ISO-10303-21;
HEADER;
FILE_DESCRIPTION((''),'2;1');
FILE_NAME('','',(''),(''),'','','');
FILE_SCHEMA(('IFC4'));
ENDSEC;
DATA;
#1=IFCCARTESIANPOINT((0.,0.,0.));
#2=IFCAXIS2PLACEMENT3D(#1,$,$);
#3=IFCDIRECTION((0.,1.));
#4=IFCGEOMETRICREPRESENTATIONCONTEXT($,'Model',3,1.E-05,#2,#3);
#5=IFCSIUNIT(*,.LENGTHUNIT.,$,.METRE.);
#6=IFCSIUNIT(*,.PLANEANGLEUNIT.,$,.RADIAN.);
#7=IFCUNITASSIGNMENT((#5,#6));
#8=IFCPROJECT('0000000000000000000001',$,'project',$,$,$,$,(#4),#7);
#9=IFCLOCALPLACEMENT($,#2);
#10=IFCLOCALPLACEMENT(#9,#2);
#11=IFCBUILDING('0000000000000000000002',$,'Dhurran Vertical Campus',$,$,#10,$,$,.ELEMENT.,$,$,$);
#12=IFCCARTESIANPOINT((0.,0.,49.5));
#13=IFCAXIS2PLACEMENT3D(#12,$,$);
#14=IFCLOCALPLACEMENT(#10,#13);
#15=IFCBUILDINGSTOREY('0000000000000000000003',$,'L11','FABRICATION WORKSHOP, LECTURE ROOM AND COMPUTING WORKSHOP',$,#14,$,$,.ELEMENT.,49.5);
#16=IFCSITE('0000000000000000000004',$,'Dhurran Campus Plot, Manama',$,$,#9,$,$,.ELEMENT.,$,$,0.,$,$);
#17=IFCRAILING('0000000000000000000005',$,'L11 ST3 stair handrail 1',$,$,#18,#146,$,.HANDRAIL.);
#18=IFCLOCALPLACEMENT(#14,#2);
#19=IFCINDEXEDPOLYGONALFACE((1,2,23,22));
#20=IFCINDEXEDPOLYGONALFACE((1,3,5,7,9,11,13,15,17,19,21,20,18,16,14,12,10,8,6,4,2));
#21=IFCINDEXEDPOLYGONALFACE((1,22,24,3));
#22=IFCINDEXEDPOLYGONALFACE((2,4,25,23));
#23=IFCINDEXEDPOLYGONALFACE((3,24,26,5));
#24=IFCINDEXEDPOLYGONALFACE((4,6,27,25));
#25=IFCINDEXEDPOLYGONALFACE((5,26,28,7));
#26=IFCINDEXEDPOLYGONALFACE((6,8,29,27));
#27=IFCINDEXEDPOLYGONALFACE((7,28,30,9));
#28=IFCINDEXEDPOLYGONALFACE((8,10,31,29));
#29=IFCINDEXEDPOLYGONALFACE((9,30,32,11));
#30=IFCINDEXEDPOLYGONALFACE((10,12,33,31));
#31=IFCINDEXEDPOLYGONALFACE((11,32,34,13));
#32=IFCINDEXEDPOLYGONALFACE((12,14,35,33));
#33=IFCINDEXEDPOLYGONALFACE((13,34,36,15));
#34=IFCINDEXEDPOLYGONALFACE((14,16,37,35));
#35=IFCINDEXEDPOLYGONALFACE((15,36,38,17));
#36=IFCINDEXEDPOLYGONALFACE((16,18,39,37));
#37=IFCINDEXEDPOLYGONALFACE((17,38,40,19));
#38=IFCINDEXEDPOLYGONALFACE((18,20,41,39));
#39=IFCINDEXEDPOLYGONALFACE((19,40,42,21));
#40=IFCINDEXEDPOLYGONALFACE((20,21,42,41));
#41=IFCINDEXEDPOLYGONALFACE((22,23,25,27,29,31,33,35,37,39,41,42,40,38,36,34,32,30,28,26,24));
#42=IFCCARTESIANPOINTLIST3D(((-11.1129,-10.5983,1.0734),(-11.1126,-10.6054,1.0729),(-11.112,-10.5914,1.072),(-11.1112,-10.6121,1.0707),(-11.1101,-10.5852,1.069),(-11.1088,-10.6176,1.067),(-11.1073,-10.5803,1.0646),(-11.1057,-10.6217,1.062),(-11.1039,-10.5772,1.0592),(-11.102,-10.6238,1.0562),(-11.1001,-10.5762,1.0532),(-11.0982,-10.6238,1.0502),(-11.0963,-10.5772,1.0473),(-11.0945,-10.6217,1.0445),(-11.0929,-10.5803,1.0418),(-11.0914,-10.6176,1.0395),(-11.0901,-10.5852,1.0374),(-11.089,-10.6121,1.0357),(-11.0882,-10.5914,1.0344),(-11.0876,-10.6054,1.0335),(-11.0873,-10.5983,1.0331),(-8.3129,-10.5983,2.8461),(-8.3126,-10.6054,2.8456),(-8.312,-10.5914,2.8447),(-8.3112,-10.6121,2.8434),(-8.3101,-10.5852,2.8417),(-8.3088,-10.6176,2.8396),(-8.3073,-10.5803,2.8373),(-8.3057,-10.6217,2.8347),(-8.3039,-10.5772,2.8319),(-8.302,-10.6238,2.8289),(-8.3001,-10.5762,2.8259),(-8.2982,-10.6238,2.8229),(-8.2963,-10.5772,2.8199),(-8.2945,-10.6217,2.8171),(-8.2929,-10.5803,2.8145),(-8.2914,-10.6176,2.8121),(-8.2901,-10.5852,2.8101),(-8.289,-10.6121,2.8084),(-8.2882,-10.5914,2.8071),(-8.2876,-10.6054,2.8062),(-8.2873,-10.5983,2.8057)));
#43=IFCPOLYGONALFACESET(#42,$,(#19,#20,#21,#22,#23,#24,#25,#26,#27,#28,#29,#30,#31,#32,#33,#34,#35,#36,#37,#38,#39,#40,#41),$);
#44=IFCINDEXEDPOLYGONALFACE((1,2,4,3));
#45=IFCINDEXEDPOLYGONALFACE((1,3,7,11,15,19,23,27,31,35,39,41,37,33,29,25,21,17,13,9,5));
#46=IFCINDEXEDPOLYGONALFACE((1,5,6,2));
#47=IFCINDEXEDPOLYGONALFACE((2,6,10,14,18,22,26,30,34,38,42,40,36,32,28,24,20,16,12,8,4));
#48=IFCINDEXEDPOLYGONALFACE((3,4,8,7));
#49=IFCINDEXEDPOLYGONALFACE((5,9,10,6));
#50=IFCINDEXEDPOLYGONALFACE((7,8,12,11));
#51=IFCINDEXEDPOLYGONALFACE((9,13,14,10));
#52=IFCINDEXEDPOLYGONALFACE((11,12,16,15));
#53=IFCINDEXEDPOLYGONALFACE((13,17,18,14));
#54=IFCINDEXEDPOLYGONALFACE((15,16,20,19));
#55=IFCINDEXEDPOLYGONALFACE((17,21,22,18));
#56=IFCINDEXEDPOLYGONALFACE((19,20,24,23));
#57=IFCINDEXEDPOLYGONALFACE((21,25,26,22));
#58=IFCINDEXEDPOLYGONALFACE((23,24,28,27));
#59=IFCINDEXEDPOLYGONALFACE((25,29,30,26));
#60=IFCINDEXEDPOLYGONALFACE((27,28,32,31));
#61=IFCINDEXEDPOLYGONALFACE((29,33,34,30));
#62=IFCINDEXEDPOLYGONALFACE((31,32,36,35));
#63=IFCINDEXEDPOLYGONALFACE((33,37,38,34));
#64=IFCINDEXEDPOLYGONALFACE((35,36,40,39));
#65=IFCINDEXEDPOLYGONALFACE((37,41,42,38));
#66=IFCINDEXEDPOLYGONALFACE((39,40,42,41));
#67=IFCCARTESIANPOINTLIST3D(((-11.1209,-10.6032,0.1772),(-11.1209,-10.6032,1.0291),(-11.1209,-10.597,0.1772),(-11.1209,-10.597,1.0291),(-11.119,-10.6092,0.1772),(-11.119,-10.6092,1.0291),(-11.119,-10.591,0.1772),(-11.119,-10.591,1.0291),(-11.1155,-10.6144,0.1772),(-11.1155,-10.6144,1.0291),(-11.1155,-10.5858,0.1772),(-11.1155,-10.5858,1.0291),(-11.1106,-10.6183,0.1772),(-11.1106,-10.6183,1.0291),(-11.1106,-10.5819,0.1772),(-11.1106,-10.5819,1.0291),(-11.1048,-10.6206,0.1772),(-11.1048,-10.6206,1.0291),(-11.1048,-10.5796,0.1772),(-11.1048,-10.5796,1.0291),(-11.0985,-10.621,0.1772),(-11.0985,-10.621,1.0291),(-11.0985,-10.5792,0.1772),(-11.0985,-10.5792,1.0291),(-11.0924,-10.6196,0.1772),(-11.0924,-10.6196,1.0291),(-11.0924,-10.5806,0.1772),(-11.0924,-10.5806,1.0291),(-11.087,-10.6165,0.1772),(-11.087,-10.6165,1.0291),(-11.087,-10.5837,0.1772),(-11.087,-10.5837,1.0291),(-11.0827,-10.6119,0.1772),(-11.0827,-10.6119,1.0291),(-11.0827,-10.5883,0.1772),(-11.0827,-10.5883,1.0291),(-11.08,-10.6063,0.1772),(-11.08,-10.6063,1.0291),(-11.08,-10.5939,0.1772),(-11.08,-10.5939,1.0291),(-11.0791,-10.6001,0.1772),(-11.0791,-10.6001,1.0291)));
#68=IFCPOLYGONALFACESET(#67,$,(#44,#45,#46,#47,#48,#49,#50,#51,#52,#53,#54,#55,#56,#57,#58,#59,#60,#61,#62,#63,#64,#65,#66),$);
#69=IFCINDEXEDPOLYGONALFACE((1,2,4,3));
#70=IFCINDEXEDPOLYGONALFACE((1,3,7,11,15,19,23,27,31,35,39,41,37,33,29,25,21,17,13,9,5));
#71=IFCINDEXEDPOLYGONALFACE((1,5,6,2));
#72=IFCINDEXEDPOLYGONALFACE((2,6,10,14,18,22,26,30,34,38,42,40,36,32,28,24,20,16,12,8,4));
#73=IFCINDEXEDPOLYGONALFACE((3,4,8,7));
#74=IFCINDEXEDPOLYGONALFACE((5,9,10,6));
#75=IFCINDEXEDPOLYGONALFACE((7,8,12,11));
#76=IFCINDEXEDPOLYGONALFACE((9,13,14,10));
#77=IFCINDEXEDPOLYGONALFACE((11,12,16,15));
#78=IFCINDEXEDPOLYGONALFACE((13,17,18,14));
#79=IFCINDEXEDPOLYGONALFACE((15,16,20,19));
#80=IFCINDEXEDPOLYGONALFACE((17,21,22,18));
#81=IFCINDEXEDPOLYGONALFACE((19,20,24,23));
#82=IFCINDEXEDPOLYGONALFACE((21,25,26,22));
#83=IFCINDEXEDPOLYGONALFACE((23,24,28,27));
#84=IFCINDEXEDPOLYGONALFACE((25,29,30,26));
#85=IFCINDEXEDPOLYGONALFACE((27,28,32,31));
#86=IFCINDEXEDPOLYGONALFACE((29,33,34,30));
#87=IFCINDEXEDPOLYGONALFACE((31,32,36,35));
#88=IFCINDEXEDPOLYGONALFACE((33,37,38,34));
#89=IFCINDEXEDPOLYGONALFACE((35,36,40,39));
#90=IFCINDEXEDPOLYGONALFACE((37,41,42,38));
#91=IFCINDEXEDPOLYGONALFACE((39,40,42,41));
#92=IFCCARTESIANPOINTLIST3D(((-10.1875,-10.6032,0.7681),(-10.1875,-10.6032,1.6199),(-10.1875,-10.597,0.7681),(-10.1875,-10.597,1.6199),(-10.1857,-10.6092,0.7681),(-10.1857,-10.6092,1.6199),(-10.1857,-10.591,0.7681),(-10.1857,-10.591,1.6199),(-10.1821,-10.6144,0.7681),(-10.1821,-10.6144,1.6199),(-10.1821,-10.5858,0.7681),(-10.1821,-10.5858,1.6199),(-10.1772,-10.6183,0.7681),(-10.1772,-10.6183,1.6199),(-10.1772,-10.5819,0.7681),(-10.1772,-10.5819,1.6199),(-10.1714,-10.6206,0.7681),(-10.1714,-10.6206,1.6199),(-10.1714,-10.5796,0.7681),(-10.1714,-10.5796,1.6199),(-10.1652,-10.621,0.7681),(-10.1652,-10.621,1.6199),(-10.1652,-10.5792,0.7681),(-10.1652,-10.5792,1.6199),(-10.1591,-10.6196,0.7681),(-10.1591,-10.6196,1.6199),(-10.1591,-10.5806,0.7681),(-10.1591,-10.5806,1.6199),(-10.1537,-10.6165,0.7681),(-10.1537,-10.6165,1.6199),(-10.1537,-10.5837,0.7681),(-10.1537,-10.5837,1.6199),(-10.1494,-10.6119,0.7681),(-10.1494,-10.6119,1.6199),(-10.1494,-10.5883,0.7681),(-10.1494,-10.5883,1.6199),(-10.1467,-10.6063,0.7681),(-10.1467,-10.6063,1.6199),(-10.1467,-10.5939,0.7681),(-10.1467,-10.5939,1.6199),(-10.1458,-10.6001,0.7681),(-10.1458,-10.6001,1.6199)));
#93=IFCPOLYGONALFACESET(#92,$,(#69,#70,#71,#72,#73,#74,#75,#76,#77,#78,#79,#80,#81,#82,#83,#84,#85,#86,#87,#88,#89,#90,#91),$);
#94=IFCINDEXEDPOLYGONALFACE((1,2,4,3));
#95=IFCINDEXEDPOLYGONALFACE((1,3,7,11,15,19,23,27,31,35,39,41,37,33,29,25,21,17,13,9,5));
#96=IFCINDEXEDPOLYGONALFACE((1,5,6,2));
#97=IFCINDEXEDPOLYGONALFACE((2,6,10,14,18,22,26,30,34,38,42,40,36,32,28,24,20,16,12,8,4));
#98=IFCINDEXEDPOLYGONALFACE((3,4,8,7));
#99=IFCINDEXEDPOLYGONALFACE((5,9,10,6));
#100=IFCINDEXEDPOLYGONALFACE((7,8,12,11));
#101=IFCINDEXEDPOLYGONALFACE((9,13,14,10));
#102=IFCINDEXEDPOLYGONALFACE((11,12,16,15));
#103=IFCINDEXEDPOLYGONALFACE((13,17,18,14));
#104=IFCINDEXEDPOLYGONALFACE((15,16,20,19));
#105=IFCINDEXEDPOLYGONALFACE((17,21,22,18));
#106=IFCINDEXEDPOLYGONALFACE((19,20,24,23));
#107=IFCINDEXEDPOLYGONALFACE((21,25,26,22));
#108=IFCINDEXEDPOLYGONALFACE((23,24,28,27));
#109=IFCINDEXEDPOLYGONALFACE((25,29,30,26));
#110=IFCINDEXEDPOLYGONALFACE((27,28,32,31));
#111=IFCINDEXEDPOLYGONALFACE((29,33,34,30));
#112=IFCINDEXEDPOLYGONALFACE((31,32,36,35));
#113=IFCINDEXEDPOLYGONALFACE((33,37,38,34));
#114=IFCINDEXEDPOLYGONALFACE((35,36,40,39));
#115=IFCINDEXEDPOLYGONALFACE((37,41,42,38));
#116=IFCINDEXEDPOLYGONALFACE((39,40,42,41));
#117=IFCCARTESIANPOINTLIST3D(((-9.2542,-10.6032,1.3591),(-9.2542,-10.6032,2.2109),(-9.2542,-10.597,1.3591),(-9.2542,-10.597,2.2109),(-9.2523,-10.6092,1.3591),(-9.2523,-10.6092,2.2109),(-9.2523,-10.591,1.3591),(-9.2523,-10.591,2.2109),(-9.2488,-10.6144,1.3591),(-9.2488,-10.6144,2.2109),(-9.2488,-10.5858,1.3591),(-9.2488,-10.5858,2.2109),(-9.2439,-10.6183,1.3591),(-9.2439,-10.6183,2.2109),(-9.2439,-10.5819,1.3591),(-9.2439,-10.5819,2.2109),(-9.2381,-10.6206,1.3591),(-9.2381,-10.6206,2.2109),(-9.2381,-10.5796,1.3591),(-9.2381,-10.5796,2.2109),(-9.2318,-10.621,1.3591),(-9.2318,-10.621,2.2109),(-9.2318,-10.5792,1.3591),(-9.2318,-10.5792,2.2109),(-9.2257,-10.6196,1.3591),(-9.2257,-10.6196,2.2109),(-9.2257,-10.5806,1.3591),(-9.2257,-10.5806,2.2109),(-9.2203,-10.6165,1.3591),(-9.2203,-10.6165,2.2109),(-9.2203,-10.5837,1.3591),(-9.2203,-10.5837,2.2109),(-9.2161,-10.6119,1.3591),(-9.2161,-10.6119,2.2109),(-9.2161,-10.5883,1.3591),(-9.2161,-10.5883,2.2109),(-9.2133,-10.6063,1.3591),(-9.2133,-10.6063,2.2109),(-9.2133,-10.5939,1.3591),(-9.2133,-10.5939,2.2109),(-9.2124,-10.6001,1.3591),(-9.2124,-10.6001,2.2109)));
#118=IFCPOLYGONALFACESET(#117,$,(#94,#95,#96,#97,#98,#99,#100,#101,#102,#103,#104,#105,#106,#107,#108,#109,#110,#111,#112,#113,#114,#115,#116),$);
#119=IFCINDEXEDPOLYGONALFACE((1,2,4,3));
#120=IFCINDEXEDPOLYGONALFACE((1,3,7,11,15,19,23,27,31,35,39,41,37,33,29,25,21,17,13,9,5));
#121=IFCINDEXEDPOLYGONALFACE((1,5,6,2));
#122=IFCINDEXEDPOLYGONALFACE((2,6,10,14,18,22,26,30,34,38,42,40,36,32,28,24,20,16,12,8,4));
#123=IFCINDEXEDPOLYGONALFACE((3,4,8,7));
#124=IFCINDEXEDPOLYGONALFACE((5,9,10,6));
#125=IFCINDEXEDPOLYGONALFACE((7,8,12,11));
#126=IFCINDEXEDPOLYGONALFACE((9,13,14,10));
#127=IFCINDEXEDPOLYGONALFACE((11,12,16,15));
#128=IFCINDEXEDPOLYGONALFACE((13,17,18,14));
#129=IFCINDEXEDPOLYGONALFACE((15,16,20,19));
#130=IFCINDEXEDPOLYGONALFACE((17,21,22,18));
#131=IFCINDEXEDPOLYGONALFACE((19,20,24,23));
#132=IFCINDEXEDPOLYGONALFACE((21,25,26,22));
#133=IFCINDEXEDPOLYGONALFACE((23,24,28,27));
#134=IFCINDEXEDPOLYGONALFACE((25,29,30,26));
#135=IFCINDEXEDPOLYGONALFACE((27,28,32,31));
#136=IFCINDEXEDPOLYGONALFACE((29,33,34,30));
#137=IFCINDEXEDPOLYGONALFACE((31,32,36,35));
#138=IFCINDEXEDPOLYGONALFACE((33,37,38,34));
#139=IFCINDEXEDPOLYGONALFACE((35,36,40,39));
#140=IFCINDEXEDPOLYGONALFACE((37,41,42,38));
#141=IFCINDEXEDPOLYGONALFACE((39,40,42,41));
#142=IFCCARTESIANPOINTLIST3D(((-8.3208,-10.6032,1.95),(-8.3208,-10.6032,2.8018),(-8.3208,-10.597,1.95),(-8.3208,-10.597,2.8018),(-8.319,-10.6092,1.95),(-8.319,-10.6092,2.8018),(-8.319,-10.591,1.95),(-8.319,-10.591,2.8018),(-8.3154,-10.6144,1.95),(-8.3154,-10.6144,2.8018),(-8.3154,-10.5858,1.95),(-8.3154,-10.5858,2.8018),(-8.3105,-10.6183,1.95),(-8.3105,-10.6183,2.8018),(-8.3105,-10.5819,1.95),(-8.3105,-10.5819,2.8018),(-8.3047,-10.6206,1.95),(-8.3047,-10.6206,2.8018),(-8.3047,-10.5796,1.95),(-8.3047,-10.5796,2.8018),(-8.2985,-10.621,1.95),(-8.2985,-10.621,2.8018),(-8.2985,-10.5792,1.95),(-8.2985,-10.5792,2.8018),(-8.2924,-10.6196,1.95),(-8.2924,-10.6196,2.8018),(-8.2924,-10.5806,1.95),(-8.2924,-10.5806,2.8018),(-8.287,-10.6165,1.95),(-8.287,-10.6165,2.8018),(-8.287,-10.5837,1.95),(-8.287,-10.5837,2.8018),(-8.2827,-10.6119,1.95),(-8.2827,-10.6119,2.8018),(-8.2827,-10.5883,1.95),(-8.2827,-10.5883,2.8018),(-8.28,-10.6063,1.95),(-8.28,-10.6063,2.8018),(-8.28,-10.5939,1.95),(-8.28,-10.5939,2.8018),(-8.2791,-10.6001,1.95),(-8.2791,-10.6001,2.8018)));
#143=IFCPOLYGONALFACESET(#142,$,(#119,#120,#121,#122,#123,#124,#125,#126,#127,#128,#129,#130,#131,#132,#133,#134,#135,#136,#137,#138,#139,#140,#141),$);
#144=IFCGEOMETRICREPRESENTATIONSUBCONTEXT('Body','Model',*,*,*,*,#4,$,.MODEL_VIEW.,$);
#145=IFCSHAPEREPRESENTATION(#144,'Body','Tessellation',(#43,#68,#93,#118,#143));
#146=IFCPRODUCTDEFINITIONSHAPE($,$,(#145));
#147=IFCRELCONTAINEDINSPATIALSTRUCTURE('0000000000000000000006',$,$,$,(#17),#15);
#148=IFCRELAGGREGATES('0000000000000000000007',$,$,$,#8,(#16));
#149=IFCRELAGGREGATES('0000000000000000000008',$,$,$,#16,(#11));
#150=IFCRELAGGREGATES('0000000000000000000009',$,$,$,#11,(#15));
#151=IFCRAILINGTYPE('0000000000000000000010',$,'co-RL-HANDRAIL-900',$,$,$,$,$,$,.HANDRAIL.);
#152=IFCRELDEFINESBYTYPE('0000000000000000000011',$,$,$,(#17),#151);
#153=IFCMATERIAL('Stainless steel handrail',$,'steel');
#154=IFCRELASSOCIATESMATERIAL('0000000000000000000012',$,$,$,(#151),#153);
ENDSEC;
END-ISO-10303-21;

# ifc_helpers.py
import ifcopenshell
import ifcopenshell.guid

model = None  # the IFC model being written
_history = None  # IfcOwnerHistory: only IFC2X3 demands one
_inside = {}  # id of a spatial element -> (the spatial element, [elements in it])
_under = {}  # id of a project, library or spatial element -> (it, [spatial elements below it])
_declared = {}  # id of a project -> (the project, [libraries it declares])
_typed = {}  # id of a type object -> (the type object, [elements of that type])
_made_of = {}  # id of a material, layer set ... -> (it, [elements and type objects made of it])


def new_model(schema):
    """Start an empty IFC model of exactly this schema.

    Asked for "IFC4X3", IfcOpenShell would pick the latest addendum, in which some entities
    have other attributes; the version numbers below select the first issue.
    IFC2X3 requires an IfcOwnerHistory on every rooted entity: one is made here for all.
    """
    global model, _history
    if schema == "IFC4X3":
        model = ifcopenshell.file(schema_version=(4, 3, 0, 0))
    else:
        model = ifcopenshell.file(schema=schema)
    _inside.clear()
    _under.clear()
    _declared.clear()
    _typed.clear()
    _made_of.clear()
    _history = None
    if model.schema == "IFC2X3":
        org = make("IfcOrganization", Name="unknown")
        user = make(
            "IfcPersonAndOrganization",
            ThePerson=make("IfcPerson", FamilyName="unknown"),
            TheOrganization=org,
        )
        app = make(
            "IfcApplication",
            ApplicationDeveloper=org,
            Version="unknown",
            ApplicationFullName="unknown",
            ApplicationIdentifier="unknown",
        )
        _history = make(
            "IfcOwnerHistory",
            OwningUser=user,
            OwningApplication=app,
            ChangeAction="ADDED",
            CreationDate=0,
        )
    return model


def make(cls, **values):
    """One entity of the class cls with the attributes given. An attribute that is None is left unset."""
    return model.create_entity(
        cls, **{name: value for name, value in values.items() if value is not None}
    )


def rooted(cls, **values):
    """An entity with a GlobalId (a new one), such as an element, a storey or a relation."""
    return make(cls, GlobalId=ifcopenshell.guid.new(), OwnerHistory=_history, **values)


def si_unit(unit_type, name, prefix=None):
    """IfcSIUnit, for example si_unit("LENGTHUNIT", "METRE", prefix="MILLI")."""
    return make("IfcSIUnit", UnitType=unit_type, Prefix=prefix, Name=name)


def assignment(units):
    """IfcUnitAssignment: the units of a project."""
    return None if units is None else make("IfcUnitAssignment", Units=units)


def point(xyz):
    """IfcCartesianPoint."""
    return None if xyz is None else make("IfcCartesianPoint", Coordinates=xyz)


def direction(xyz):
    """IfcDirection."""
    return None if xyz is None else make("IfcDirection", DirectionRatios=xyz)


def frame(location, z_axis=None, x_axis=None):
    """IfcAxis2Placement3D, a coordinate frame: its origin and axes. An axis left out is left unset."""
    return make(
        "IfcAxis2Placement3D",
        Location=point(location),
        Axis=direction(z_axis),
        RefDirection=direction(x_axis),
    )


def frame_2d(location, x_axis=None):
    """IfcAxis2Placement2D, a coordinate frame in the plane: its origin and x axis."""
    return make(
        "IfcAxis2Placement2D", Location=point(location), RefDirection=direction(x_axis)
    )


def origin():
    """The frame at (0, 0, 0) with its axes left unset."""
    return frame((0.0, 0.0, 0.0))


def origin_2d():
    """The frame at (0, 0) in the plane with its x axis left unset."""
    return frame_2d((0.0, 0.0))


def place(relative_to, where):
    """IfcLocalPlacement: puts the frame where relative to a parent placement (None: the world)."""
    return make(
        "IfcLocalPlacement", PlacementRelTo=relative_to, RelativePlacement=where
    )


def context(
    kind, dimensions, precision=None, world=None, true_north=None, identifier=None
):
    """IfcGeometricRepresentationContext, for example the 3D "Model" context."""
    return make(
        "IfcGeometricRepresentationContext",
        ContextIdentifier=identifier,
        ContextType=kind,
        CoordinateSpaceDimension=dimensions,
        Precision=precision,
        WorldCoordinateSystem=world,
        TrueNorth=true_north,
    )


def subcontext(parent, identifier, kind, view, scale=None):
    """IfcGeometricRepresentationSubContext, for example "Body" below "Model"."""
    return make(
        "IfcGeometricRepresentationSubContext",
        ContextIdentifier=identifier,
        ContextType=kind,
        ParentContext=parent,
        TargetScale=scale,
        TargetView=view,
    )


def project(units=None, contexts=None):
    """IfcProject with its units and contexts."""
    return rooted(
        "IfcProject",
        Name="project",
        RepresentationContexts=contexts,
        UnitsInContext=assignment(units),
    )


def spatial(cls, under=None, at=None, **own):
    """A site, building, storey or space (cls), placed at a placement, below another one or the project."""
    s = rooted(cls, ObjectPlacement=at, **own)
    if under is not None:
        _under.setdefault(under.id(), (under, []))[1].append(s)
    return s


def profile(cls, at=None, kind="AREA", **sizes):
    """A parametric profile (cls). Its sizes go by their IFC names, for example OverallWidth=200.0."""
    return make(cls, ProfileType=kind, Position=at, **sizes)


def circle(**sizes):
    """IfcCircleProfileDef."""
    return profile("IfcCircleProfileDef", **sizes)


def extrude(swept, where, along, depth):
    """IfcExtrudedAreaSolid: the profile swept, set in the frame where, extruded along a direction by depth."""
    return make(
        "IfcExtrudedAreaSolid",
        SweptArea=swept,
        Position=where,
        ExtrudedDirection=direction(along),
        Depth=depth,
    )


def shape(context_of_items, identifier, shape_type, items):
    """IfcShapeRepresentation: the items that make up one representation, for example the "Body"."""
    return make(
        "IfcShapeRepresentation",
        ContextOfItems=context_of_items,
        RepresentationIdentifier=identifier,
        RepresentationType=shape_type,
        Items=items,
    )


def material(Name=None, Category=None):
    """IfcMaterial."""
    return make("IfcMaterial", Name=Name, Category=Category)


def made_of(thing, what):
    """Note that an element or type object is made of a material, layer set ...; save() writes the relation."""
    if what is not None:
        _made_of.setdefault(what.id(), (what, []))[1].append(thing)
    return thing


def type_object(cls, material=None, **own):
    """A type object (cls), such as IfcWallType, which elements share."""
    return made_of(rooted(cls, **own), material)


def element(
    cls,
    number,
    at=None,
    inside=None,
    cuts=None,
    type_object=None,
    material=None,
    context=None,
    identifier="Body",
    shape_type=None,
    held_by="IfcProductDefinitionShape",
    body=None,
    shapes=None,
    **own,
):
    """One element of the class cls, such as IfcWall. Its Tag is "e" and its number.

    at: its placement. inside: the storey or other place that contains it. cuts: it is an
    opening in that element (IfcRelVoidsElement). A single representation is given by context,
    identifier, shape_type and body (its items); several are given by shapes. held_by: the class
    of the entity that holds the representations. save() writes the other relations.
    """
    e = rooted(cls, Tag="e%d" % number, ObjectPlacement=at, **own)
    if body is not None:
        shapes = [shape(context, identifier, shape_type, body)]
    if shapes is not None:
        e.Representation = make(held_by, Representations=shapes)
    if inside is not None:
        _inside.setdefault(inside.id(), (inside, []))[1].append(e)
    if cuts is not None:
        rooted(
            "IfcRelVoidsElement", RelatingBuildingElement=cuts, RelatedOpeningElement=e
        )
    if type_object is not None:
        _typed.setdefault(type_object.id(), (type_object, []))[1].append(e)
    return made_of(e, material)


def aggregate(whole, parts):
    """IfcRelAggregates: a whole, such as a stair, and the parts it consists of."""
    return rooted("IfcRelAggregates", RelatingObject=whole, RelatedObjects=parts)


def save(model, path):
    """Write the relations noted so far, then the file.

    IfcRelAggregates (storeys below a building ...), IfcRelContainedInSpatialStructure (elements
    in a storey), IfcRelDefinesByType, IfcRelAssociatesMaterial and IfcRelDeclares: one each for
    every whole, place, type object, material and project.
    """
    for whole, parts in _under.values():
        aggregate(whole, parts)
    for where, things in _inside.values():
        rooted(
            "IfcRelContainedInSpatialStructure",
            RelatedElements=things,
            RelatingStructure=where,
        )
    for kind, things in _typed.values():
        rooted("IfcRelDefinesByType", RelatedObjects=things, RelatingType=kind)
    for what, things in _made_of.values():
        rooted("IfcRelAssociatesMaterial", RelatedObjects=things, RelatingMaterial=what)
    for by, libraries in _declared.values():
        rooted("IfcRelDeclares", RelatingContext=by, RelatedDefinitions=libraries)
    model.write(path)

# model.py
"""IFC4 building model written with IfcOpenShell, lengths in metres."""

from ifc_helpers import new_model, si_unit, direction, frame, origin, origin_2d, place, context, subcontext, project, spatial, circle, extrude, material, type_object, element, save


model = new_model("IFC4")

# Units and contexts
model_context = context("Model", 3, precision=1e-05, world=origin(), true_north=direction((0.0, 1.0)))
body_context = subcontext(model_context, "Body", "Model", "MODEL_VIEW")
ifc_project = project(units=[si_unit("LENGTHUNIT", "METRE"), si_unit("PLANEANGLEUNIT", "RADIAN")], contexts=[model_context])

# Site, building, storey
site_placement = place(None, origin())
site = spatial("IfcSite", under=ifc_project, at=site_placement, Name="Dhurran Campus Plot, Manama", CompositionType="ELEMENT", RefElevation=0.0)
building_placement = place(site_placement, origin())
building = spatial("IfcBuilding", under=site, at=building_placement, Name="Dhurran Vertical Campus", CompositionType="ELEMENT")
storey_placement = place(building_placement, frame((0.0, 0.0, 49.5)))
storey = spatial("IfcBuildingStorey", under=building, at=storey_placement, Name="L11", Description="FABRICATION WORKSHOP, LECTURE ROOM AND COMPUTING WORKSHOP", CompositionType="ELEMENT", Elevation=49.5)

# Railing
ifc_material_1 = material(Name="Stainless steel handrail", Category="steel")
railing_type_1 = type_object("IfcRailingType", Name="co-RL-HANDRAIL-900", PredefinedType="HANDRAIL", material=ifc_material_1)
railing_1_placement = place(storey_placement, frame((-11.1001, -10.6001, 0.1772)))
element("IfcRailing", 1, at=railing_1_placement, inside=storey, type_object=railing_type_1, Name="L11 ST3 stair handrail 1", PredefinedType="HANDRAIL", context=body_context, shape_type="SweptSolid", body=[
    extrude(circle(Radius=0.0239, at=origin_2d()), frame((0.0, 0.0, 0.876), z_axis=(0.844909, 0.0, 0.53491), x_axis=(0.0, 1.0, 0.0)), (0.0, 0.0, 1.0), 3.314),
    extrude(circle(Radius=0.021, at=origin_2d()), origin(), (0.0, 0.0, 1.0), 0.8518),
    extrude(circle(Radius=0.021, at=origin_2d()), frame((0.9333, 0.0, 0.5908)), (0.0, 0.0, 1.0), 0.8518),
    extrude(circle(Radius=0.021, at=origin_2d()), frame((1.8667, 0.0, 1.1819)), (0.0, 0.0, 1.0), 0.8518),
    extrude(circle(Radius=0.021, at=origin_2d()), frame((2.8, 0.0, 1.7727)), (0.0, 0.0, 1.0), 0.8518),
])

save(model, "model.ifc")
